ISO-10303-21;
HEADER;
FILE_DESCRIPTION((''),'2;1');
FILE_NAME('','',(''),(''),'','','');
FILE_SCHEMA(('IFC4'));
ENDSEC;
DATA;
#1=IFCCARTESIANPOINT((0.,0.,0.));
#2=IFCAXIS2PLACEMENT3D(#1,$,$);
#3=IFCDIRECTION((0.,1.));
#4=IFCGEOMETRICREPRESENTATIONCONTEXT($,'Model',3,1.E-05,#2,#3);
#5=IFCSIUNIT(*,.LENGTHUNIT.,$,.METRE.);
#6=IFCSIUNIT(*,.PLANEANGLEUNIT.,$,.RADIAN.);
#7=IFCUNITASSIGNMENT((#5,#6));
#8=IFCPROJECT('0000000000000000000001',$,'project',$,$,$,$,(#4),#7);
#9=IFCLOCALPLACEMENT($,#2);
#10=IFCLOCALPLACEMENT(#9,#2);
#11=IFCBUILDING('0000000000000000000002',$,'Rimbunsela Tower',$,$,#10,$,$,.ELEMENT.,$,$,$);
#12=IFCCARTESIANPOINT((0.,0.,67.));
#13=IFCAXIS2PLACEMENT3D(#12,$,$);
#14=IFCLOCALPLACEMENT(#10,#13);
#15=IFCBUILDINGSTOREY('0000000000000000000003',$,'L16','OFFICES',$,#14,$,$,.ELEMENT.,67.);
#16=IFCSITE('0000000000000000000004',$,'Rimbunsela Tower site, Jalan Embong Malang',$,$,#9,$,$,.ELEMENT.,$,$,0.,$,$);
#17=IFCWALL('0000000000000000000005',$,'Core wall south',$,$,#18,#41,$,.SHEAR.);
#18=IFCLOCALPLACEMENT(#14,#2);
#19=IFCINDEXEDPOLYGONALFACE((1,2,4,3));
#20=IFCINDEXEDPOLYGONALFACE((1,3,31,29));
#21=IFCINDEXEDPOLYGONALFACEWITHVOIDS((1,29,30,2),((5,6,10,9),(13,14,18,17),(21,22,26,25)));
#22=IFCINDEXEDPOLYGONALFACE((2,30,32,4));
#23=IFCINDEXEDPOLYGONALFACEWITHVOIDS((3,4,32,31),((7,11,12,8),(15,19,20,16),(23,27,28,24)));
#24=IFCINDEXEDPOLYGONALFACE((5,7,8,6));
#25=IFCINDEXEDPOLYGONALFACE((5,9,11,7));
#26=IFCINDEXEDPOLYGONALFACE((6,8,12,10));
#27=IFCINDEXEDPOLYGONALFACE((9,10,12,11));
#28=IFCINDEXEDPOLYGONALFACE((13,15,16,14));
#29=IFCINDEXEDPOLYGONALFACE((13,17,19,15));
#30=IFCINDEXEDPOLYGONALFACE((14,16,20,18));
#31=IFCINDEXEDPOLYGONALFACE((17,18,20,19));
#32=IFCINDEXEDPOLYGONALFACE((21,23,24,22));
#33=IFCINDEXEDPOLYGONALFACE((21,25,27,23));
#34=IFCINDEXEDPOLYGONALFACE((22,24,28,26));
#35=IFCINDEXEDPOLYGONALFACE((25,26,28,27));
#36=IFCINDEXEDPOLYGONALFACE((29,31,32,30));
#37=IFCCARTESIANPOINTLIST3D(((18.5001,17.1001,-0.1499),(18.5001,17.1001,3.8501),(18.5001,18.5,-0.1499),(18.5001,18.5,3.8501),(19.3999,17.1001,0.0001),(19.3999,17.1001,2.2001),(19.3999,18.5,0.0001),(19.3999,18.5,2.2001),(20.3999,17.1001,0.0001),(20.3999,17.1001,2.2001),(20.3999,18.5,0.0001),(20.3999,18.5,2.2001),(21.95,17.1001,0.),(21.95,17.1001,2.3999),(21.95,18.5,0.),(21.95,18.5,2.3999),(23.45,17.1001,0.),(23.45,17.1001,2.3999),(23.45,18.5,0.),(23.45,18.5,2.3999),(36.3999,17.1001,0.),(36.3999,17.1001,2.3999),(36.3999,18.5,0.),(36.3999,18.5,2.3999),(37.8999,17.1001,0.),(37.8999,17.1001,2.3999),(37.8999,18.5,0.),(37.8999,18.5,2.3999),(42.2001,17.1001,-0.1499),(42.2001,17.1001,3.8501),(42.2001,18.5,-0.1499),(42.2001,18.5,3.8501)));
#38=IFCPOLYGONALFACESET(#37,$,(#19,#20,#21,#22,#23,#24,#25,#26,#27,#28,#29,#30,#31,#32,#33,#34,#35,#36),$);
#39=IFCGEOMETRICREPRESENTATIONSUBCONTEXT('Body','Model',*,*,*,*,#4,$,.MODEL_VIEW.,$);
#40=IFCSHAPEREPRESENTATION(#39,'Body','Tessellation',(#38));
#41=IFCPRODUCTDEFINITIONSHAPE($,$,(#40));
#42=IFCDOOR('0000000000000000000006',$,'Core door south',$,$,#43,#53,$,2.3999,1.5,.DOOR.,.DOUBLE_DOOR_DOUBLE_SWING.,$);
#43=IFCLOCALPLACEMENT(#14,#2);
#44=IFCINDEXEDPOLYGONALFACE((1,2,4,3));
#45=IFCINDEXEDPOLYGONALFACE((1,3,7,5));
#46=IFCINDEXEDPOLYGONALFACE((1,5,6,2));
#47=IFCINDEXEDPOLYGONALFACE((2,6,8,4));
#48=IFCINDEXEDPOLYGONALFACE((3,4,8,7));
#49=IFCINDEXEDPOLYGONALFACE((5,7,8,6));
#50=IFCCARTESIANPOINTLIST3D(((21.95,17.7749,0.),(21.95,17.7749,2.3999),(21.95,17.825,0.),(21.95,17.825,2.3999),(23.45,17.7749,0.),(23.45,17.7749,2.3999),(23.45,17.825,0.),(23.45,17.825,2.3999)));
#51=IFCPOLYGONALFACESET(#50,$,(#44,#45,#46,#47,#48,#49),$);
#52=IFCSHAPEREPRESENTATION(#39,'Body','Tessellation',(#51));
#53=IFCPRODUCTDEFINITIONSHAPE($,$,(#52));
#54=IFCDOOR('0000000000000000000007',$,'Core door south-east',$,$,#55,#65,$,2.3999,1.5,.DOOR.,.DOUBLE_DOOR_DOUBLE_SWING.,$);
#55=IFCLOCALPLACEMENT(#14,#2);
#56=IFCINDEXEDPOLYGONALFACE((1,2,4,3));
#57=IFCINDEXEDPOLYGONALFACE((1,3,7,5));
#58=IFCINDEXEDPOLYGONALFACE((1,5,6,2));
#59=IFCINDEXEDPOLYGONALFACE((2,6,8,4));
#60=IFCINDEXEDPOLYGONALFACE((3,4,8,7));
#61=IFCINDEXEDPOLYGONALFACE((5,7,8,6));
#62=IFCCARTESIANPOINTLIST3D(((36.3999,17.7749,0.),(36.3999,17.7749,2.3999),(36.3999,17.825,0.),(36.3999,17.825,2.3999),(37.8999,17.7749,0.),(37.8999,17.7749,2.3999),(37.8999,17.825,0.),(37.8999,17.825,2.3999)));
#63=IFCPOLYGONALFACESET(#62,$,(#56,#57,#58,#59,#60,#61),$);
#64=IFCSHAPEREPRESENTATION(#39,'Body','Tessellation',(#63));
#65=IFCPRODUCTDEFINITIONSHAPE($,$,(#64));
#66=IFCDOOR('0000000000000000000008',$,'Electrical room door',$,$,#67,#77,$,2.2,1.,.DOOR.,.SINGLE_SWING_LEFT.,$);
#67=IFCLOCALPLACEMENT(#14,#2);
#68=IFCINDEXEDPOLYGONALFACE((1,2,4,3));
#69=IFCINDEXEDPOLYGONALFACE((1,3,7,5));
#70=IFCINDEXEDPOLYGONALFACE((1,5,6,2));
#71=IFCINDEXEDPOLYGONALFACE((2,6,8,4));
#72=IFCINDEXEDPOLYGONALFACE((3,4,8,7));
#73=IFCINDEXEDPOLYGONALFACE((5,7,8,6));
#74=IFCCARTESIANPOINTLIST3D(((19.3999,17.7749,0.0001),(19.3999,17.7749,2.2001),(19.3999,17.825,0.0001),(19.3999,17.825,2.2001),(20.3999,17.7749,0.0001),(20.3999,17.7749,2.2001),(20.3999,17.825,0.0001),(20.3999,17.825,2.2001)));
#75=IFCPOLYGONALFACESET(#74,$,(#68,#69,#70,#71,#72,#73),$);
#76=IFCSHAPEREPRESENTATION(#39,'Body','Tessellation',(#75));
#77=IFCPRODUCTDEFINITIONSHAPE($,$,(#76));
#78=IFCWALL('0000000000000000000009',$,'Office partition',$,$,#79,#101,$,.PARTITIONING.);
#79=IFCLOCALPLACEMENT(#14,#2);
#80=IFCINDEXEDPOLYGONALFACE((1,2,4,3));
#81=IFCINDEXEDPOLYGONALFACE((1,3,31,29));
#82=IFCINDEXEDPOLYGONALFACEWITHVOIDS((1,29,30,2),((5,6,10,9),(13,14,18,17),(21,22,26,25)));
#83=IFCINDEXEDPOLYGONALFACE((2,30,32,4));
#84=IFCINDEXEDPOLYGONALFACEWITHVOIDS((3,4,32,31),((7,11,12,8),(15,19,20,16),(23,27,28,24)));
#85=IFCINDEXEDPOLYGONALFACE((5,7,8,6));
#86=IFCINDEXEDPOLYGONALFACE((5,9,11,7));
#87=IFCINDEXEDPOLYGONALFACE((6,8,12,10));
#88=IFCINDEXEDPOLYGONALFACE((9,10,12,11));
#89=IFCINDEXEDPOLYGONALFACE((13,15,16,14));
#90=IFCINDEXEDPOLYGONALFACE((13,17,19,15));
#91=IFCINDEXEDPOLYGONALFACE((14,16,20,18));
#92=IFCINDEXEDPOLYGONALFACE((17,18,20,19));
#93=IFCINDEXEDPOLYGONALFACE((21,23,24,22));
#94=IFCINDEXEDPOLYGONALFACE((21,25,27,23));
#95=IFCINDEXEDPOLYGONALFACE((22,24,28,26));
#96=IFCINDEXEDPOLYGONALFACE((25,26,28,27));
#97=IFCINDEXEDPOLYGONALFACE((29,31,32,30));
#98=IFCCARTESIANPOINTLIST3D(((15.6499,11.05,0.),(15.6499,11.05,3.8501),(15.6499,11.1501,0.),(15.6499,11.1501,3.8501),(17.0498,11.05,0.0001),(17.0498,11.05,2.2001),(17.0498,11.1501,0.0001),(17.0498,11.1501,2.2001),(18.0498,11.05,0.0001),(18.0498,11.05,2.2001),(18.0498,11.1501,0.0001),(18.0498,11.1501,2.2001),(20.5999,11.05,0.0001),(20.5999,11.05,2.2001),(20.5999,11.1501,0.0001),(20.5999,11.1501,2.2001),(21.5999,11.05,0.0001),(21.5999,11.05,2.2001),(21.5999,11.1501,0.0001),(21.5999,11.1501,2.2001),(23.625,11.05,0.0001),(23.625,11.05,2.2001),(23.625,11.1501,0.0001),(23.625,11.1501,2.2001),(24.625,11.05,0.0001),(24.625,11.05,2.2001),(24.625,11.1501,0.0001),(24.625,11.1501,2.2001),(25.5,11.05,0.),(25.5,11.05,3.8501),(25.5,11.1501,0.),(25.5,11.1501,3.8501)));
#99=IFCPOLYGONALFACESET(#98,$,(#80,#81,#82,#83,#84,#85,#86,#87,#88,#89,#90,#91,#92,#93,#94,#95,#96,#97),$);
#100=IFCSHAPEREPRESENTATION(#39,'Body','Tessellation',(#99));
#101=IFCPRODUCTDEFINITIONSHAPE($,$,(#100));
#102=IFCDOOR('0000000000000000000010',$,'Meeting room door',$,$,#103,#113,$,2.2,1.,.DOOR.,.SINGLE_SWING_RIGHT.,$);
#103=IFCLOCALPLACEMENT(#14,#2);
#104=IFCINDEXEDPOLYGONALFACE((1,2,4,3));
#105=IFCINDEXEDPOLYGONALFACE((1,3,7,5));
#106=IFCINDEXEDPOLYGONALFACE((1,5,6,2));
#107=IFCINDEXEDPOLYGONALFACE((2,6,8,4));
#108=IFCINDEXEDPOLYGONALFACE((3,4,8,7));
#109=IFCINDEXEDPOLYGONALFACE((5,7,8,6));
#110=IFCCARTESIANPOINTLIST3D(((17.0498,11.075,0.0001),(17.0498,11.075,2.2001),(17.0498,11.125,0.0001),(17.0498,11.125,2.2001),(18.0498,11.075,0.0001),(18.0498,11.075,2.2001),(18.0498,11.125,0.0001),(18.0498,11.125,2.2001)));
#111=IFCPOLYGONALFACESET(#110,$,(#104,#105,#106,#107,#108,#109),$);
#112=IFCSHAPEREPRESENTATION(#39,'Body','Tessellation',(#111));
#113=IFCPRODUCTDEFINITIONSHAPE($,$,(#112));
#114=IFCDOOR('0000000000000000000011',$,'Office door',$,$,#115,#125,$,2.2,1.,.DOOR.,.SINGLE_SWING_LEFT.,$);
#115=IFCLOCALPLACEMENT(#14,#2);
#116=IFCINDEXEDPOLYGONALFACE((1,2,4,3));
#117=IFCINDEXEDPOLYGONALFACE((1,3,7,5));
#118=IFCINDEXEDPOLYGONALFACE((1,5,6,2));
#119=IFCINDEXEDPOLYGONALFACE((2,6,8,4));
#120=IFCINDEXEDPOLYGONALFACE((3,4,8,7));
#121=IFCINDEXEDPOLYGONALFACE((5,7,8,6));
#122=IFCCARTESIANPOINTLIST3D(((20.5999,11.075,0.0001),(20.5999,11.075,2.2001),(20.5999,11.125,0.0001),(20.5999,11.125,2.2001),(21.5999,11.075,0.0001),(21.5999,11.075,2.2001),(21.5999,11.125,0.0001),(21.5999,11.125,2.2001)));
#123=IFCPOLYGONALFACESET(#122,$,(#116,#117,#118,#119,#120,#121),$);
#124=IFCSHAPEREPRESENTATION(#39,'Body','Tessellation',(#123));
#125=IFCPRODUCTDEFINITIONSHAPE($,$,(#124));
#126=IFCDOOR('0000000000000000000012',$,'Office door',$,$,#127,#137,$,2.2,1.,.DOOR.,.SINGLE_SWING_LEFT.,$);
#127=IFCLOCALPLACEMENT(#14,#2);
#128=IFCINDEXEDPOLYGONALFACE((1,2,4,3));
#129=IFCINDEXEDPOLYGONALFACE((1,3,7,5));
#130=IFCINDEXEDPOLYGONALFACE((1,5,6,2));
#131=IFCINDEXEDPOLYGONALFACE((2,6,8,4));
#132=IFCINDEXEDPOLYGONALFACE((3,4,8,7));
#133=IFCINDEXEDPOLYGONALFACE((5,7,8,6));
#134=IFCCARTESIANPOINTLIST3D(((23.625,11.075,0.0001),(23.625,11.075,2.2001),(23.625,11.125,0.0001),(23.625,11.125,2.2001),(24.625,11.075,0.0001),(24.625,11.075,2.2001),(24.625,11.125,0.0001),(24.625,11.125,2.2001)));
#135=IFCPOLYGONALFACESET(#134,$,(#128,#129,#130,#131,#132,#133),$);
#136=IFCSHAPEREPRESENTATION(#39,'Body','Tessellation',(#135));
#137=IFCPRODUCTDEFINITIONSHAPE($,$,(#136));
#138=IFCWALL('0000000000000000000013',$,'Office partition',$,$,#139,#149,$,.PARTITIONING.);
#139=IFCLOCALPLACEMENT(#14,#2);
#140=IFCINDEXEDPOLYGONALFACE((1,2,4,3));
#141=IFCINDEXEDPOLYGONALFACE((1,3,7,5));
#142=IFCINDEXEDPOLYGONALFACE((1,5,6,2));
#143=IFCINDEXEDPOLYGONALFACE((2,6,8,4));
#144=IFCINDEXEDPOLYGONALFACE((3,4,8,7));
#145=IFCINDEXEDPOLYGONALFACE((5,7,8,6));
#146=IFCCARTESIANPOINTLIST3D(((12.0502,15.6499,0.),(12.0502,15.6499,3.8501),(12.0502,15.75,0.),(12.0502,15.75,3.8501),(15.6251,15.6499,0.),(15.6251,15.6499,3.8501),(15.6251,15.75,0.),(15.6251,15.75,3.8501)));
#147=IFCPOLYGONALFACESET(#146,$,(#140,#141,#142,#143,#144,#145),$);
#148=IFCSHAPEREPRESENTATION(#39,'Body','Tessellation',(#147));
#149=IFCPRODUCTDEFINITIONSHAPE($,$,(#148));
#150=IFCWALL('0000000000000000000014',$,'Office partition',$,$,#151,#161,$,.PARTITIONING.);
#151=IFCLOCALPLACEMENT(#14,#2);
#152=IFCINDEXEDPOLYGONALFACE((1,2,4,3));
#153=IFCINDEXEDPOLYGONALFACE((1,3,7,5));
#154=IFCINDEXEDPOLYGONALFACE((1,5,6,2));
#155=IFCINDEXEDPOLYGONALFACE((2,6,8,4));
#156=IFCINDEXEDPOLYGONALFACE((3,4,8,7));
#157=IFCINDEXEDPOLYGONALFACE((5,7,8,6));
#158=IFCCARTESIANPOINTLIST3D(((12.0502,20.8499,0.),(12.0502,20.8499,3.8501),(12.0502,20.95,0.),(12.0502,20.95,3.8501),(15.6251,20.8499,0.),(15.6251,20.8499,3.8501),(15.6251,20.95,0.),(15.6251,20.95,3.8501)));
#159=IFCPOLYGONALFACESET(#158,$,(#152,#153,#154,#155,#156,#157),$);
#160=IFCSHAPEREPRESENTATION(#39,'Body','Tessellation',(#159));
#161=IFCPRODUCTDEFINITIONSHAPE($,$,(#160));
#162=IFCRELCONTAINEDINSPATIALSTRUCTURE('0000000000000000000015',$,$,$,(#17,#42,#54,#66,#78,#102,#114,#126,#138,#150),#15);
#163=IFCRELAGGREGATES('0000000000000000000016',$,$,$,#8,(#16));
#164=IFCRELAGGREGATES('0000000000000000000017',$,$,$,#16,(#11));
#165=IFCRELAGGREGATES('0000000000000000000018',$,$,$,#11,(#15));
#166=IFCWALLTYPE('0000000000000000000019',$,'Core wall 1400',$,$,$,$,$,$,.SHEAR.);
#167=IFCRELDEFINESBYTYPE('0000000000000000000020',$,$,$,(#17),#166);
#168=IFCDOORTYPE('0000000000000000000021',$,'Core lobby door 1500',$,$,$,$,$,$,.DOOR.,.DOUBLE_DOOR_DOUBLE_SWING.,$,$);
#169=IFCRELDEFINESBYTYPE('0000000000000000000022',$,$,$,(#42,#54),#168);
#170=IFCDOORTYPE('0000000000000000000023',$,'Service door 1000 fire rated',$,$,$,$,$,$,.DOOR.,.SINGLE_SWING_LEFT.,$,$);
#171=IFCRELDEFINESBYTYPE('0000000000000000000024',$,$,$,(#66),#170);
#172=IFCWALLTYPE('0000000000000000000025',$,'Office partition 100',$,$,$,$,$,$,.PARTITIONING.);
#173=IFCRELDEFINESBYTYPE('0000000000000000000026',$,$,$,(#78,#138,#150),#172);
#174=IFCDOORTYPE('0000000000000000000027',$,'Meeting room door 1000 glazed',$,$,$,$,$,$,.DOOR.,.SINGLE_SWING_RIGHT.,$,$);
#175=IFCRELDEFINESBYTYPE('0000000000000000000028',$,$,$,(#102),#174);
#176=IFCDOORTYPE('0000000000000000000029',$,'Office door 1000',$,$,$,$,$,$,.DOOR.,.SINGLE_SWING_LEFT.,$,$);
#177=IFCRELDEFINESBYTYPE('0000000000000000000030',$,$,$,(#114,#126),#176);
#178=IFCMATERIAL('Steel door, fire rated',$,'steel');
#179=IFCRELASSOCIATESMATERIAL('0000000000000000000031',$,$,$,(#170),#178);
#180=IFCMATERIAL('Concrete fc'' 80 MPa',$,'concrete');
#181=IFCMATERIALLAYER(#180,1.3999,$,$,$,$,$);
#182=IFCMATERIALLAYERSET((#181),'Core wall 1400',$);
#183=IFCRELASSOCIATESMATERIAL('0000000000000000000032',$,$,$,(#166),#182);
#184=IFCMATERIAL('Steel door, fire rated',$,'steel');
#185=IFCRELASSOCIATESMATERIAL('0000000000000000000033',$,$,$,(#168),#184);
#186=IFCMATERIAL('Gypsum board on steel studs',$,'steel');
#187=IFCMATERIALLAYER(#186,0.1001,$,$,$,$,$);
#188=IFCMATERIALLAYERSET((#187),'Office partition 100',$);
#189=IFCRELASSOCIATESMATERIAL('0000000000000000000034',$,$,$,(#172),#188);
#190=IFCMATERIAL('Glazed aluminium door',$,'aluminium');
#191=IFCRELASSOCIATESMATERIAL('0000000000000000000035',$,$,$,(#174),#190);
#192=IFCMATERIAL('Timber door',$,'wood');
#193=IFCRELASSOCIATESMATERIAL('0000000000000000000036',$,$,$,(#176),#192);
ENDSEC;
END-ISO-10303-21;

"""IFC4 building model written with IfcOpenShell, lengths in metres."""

from ifc_helpers import new_model, si_unit, direction, frame, frame_2d, origin, place, context, subcontext, project, spatial, rectangle, extrude, material, layer, layer_set, type_object, element, fill, save


model = new_model("IFC4")

# Units and contexts
model_context = context("Model", 3, precision=1e-05, world=origin(), true_north=direction((0.0, 1.0)))
body_context = subcontext(model_context, "Body", "Model", "MODEL_VIEW")
ifc_project = project(units=[si_unit("LENGTHUNIT", "METRE"), si_unit("PLANEANGLEUNIT", "RADIAN")], contexts=[model_context])

# Site, building, storey
site_placement = place(None, origin())
site = spatial("IfcSite", under=ifc_project, at=site_placement, Name="Rimbunsela Tower site, Jalan Embong Malang", CompositionType="ELEMENT", RefElevation=0.0)
building_placement = place(site_placement, origin())
building = spatial("IfcBuilding", under=site, at=building_placement, Name="Rimbunsela Tower", CompositionType="ELEMENT")
storey_placement = place(building_placement, frame((0.0, 0.0, 67.0)))
storey = spatial("IfcBuildingStorey", under=building, at=storey_placement, Name="L16", Description="OFFICES", CompositionType="ELEMENT", Elevation=67.0)

# Shared definitions
ifc_material_1 = material(Name="Steel door, fire rated", Category="steel")
door_type_1 = type_object("IfcDoorType", Name="Service door 1000 fire rated", OperationType="SINGLE_SWING_LEFT", PredefinedType="DOOR", material=ifc_material_1)

# Walls, openings, doors
ifc_material_2 = material(Name="Concrete fc' 80 MPa", Category="concrete")
ifc_layer_1 = layer(ifc_material_2, 1.3999)
ifc_layer_set_1 = layer_set([ifc_layer_1], Name="Core wall 1400")
wall_type_1 = type_object("IfcWallType", Name="Core wall 1400", PredefinedType="SHEAR", material=ifc_layer_set_1)
wall_1_placement = place(storey_placement, frame((18.5, 17.8, -0.1499), z_axis=(0.0, 0.0, 1.0), x_axis=(1.0, 0.0, 0.0)))
wall_1 = element("IfcWall", 1, at=wall_1_placement, inside=storey, type_object=wall_type_1, Name="Core wall south", PredefinedType="SHEAR", context=body_context, shape_type="SweptSolid", body=[
    extrude(rectangle(XDim=23.7, YDim=1.3999, at=frame_2d((11.8501, 0.0))), origin(), (0.0, 0.0, 1.0), 4.0),
])
opening_1_placement = place(wall_1_placement, frame((3.45, 0.0, 0.1499)))
opening_1 = element("IfcOpeningElement", 2, at=opening_1_placement, cuts=wall_1, PredefinedType="OPENING", context=body_context, shape_type="SweptSolid", body=[
    extrude(rectangle(XDim=1.5, YDim=2.3999, at=frame_2d((0.75, 1.2))), frame((0.0, 0.71, 0.0), z_axis=(0.0, -1.0, 0.0), x_axis=(1.0, 0.0, 0.0)), (0.0, 0.0, 1.0), 1.4199),
])
opening_2_placement = place(wall_1_placement, frame((17.8999, 0.0, 0.1499)))
opening_2 = element("IfcOpeningElement", 3, at=opening_2_placement, cuts=wall_1, PredefinedType="OPENING", context=body_context, shape_type="SweptSolid", body=[
    extrude(rectangle(XDim=1.5, YDim=2.3999, at=frame_2d((0.75, 1.2))), frame((0.0, 0.71, 0.0), z_axis=(0.0, -1.0, 0.0), x_axis=(1.0, 0.0, 0.0)), (0.0, 0.0, 1.0), 1.4199),
])
opening_3_placement = place(wall_1_placement, frame((0.8999, 0.0, 0.1499)))
opening_3 = element("IfcOpeningElement", 4, at=opening_3_placement, cuts=wall_1, PredefinedType="OPENING", context=body_context, shape_type="SweptSolid", body=[
    extrude(rectangle(XDim=1.0, YDim=2.2, at=frame_2d((0.5, 1.1001))), frame((0.0, 0.71, 0.0), z_axis=(0.0, -1.0, 0.0), x_axis=(1.0, 0.0, 0.0)), (0.0, 0.0, 1.0), 1.4199),
])
ifc_material_3 = material(Name="Steel door, fire rated", Category="steel")
door_type_2 = type_object("IfcDoorType", Name="Core lobby door 1500", OperationType="DOUBLE_DOOR_DOUBLE_SWING", PredefinedType="DOOR", material=ifc_material_3)
door_1_placement = place(opening_1_placement, origin())
door_1 = element("IfcDoor", 5, at=door_1_placement, inside=storey, type_object=door_type_2, Name="Core door south", OperationType="DOUBLE_DOOR_DOUBLE_SWING", OverallHeight=2.3999, OverallWidth=1.5, PredefinedType="DOOR", context=body_context, shape_type="SweptSolid", body=[
    extrude(rectangle(XDim=1.5, YDim=2.3999, at=frame_2d((0.75, 1.2))), frame((0.0, 0.0249, 0.0), z_axis=(0.0, -1.0, 0.0), x_axis=(1.0, 0.0, 0.0)), (0.0, 0.0, 1.0), 0.05),
])
fill(opening_1, door_1)
door_2_placement = place(opening_2_placement, origin())
door_2 = element("IfcDoor", 6, at=door_2_placement, inside=storey, type_object=door_type_2, Name="Core door south-east", OperationType="DOUBLE_DOOR_DOUBLE_SWING", OverallHeight=2.3999, OverallWidth=1.5, PredefinedType="DOOR", context=body_context, shape_type="SweptSolid", body=[
    extrude(rectangle(XDim=1.5, YDim=2.3999, at=frame_2d((0.75, 1.2))), frame((0.0, 0.0249, 0.0), z_axis=(0.0, -1.0, 0.0), x_axis=(1.0, 0.0, 0.0)), (0.0, 0.0, 1.0), 0.05),
])
fill(opening_2, door_2)
door_3_placement = place(opening_3_placement, origin())
door_3 = element("IfcDoor", 7, at=door_3_placement, inside=storey, type_object=door_type_1, Name="Electrical room door", OperationType="SINGLE_SWING_LEFT", OverallHeight=2.2, OverallWidth=1.0, PredefinedType="DOOR", context=body_context, shape_type="SweptSolid", body=[
    extrude(rectangle(XDim=1.0, YDim=2.2, at=frame_2d((0.5, 1.1001))), frame((0.0, 0.0249, 0.0), z_axis=(0.0, -1.0, 0.0), x_axis=(1.0, 0.0, 0.0)), (0.0, 0.0, 1.0), 0.05),
])
fill(opening_3, door_3)
ifc_material_4 = material(Name="Gypsum board on steel studs", Category="steel")
ifc_layer_2 = layer(ifc_material_4, 0.1001)
ifc_layer_set_2 = layer_set([ifc_layer_2], Name="Office partition 100")
wall_type_2 = type_object("IfcWallType", Name="Office partition 100", PredefinedType="PARTITIONING", material=ifc_layer_set_2)
wall_2_placement = place(storey_placement, frame((15.6499, 11.1001, 0.0), z_axis=(0.0, 0.0, 1.0), x_axis=(1.0, 0.0, 0.0)))
wall_2 = element("IfcWall", 8, at=wall_2_placement, inside=storey, type_object=wall_type_2, Name="Office partition", PredefinedType="PARTITIONING", context=body_context, shape_type="SweptSolid", body=[
    extrude(rectangle(XDim=9.8501, YDim=0.1001, at=frame_2d((4.925, 0.0))), origin(), (0.0, 0.0, 1.0), 3.8501),
])
opening_4_placement = place(wall_2_placement, frame((1.3999, 0.0, 0.0)))
opening_4 = element("IfcOpeningElement", 9, at=opening_4_placement, cuts=wall_2, PredefinedType="OPENING", context=body_context, shape_type="SweptSolid", body=[
    extrude(rectangle(XDim=1.0, YDim=2.2, at=frame_2d((0.5, 1.1001))), frame((0.0, 0.0601, 0.0), z_axis=(0.0, -1.0, 0.0), x_axis=(1.0, 0.0, 0.0)), (0.0, 0.0, 1.0), 0.1201),
])
opening_5_placement = place(wall_2_placement, frame((4.95, 0.0, 0.0)))
opening_5 = element("IfcOpeningElement", 10, at=opening_5_placement, cuts=wall_2, PredefinedType="OPENING", context=body_context, shape_type="SweptSolid", body=[
    extrude(rectangle(XDim=1.0, YDim=2.2, at=frame_2d((0.5, 1.1001))), frame((0.0, 0.0601, 0.0), z_axis=(0.0, -1.0, 0.0), x_axis=(1.0, 0.0, 0.0)), (0.0, 0.0, 1.0), 0.1201),
])
opening_6_placement = place(wall_2_placement, frame((7.9751, 0.0, 0.0)))
opening_6 = element("IfcOpeningElement", 11, at=opening_6_placement, cuts=wall_2, PredefinedType="OPENING", context=body_context, shape_type="SweptSolid", body=[
    extrude(rectangle(XDim=1.0, YDim=2.2, at=frame_2d((0.5, 1.1001))), frame((0.0, 0.0601, 0.0), z_axis=(0.0, -1.0, 0.0), x_axis=(1.0, 0.0, 0.0)), (0.0, 0.0, 1.0), 0.1201),
])
ifc_material_5 = material(Name="Glazed aluminium door", Category="aluminium")
door_type_3 = type_object("IfcDoorType", Name="Meeting room door 1000 glazed", OperationType="SINGLE_SWING_RIGHT", PredefinedType="DOOR", material=ifc_material_5)
door_4_placement = place(opening_4_placement, origin())
door_4 = element("IfcDoor", 12, at=door_4_placement, inside=storey, type_object=door_type_3, Name="Meeting room door", OperationType="SINGLE_SWING_RIGHT", OverallHeight=2.2, OverallWidth=1.0, PredefinedType="DOOR", context=body_context, shape_type="SweptSolid", body=[
    extrude(rectangle(XDim=1.0, YDim=2.2, at=frame_2d((0.5, 1.1001))), frame((0.0, 0.0249, 0.0), z_axis=(0.0, -1.0, 0.0), x_axis=(1.0, 0.0, 0.0)), (0.0, 0.0, 1.0), 0.05),
])
fill(opening_4, door_4)
ifc_material_6 = material(Name="Timber door", Category="wood")
door_type_4 = type_object("IfcDoorType", Name="Office door 1000", OperationType="SINGLE_SWING_LEFT", PredefinedType="DOOR", material=ifc_material_6)
door_5_placement = place(opening_5_placement, origin())
door_5 = element("IfcDoor", 13, at=door_5_placement, inside=storey, type_object=door_type_4, Name="Office door", OperationType="SINGLE_SWING_LEFT", OverallHeight=2.2, OverallWidth=1.0, PredefinedType="DOOR", context=body_context, shape_type="SweptSolid", body=[
    extrude(rectangle(XDim=1.0, YDim=2.2, at=frame_2d((0.5, 1.1001))), frame((0.0, 0.0249, 0.0), z_axis=(0.0, -1.0, 0.0), x_axis=(1.0, 0.0, 0.0)), (0.0, 0.0, 1.0), 0.05),
])
fill(opening_5, door_5)
door_6_placement = place(opening_6_placement, origin())
door_6 = element("IfcDoor", 14, at=door_6_placement, inside=storey, type_object=door_type_4, Name="Office door", OperationType="SINGLE_SWING_LEFT", OverallHeight=2.2, OverallWidth=1.0, PredefinedType="DOOR", context=body_context, shape_type="SweptSolid", body=[
    extrude(rectangle(XDim=1.0, YDim=2.2, at=frame_2d((0.5, 1.1001))), frame((0.0, 0.0249, 0.0), z_axis=(0.0, -1.0, 0.0), x_axis=(1.0, 0.0, 0.0)), (0.0, 0.0, 1.0), 0.05),
])
fill(opening_6, door_6)

# Walls
for number, where, z_axis, x_axis, name in (
    (15, (12.05, 15.7, 0.0), (0.0, 0.0, 1.0), (1.0, 0.0, 0.0), "Office partition"),
    (16, (12.05, 20.8999, 0.0), (0.0, 0.0, 1.0), (1.0, 0.0, 0.0), "Office partition"),
):
    element("IfcWall", number, at=place(storey_placement, frame(where, z_axis=z_axis, x_axis=x_axis)), inside=storey, type_object=wall_type_2, Name=name, PredefinedType="PARTITIONING", context=body_context, shape_type="SweptSolid", body=[
        extrude(rectangle(XDim=3.575, YDim=0.1001, at=frame_2d((1.7876, 0.0))), origin(), (0.0, 0.0, 1.0), 3.8501),
    ])

save(model, "model.ifc")
